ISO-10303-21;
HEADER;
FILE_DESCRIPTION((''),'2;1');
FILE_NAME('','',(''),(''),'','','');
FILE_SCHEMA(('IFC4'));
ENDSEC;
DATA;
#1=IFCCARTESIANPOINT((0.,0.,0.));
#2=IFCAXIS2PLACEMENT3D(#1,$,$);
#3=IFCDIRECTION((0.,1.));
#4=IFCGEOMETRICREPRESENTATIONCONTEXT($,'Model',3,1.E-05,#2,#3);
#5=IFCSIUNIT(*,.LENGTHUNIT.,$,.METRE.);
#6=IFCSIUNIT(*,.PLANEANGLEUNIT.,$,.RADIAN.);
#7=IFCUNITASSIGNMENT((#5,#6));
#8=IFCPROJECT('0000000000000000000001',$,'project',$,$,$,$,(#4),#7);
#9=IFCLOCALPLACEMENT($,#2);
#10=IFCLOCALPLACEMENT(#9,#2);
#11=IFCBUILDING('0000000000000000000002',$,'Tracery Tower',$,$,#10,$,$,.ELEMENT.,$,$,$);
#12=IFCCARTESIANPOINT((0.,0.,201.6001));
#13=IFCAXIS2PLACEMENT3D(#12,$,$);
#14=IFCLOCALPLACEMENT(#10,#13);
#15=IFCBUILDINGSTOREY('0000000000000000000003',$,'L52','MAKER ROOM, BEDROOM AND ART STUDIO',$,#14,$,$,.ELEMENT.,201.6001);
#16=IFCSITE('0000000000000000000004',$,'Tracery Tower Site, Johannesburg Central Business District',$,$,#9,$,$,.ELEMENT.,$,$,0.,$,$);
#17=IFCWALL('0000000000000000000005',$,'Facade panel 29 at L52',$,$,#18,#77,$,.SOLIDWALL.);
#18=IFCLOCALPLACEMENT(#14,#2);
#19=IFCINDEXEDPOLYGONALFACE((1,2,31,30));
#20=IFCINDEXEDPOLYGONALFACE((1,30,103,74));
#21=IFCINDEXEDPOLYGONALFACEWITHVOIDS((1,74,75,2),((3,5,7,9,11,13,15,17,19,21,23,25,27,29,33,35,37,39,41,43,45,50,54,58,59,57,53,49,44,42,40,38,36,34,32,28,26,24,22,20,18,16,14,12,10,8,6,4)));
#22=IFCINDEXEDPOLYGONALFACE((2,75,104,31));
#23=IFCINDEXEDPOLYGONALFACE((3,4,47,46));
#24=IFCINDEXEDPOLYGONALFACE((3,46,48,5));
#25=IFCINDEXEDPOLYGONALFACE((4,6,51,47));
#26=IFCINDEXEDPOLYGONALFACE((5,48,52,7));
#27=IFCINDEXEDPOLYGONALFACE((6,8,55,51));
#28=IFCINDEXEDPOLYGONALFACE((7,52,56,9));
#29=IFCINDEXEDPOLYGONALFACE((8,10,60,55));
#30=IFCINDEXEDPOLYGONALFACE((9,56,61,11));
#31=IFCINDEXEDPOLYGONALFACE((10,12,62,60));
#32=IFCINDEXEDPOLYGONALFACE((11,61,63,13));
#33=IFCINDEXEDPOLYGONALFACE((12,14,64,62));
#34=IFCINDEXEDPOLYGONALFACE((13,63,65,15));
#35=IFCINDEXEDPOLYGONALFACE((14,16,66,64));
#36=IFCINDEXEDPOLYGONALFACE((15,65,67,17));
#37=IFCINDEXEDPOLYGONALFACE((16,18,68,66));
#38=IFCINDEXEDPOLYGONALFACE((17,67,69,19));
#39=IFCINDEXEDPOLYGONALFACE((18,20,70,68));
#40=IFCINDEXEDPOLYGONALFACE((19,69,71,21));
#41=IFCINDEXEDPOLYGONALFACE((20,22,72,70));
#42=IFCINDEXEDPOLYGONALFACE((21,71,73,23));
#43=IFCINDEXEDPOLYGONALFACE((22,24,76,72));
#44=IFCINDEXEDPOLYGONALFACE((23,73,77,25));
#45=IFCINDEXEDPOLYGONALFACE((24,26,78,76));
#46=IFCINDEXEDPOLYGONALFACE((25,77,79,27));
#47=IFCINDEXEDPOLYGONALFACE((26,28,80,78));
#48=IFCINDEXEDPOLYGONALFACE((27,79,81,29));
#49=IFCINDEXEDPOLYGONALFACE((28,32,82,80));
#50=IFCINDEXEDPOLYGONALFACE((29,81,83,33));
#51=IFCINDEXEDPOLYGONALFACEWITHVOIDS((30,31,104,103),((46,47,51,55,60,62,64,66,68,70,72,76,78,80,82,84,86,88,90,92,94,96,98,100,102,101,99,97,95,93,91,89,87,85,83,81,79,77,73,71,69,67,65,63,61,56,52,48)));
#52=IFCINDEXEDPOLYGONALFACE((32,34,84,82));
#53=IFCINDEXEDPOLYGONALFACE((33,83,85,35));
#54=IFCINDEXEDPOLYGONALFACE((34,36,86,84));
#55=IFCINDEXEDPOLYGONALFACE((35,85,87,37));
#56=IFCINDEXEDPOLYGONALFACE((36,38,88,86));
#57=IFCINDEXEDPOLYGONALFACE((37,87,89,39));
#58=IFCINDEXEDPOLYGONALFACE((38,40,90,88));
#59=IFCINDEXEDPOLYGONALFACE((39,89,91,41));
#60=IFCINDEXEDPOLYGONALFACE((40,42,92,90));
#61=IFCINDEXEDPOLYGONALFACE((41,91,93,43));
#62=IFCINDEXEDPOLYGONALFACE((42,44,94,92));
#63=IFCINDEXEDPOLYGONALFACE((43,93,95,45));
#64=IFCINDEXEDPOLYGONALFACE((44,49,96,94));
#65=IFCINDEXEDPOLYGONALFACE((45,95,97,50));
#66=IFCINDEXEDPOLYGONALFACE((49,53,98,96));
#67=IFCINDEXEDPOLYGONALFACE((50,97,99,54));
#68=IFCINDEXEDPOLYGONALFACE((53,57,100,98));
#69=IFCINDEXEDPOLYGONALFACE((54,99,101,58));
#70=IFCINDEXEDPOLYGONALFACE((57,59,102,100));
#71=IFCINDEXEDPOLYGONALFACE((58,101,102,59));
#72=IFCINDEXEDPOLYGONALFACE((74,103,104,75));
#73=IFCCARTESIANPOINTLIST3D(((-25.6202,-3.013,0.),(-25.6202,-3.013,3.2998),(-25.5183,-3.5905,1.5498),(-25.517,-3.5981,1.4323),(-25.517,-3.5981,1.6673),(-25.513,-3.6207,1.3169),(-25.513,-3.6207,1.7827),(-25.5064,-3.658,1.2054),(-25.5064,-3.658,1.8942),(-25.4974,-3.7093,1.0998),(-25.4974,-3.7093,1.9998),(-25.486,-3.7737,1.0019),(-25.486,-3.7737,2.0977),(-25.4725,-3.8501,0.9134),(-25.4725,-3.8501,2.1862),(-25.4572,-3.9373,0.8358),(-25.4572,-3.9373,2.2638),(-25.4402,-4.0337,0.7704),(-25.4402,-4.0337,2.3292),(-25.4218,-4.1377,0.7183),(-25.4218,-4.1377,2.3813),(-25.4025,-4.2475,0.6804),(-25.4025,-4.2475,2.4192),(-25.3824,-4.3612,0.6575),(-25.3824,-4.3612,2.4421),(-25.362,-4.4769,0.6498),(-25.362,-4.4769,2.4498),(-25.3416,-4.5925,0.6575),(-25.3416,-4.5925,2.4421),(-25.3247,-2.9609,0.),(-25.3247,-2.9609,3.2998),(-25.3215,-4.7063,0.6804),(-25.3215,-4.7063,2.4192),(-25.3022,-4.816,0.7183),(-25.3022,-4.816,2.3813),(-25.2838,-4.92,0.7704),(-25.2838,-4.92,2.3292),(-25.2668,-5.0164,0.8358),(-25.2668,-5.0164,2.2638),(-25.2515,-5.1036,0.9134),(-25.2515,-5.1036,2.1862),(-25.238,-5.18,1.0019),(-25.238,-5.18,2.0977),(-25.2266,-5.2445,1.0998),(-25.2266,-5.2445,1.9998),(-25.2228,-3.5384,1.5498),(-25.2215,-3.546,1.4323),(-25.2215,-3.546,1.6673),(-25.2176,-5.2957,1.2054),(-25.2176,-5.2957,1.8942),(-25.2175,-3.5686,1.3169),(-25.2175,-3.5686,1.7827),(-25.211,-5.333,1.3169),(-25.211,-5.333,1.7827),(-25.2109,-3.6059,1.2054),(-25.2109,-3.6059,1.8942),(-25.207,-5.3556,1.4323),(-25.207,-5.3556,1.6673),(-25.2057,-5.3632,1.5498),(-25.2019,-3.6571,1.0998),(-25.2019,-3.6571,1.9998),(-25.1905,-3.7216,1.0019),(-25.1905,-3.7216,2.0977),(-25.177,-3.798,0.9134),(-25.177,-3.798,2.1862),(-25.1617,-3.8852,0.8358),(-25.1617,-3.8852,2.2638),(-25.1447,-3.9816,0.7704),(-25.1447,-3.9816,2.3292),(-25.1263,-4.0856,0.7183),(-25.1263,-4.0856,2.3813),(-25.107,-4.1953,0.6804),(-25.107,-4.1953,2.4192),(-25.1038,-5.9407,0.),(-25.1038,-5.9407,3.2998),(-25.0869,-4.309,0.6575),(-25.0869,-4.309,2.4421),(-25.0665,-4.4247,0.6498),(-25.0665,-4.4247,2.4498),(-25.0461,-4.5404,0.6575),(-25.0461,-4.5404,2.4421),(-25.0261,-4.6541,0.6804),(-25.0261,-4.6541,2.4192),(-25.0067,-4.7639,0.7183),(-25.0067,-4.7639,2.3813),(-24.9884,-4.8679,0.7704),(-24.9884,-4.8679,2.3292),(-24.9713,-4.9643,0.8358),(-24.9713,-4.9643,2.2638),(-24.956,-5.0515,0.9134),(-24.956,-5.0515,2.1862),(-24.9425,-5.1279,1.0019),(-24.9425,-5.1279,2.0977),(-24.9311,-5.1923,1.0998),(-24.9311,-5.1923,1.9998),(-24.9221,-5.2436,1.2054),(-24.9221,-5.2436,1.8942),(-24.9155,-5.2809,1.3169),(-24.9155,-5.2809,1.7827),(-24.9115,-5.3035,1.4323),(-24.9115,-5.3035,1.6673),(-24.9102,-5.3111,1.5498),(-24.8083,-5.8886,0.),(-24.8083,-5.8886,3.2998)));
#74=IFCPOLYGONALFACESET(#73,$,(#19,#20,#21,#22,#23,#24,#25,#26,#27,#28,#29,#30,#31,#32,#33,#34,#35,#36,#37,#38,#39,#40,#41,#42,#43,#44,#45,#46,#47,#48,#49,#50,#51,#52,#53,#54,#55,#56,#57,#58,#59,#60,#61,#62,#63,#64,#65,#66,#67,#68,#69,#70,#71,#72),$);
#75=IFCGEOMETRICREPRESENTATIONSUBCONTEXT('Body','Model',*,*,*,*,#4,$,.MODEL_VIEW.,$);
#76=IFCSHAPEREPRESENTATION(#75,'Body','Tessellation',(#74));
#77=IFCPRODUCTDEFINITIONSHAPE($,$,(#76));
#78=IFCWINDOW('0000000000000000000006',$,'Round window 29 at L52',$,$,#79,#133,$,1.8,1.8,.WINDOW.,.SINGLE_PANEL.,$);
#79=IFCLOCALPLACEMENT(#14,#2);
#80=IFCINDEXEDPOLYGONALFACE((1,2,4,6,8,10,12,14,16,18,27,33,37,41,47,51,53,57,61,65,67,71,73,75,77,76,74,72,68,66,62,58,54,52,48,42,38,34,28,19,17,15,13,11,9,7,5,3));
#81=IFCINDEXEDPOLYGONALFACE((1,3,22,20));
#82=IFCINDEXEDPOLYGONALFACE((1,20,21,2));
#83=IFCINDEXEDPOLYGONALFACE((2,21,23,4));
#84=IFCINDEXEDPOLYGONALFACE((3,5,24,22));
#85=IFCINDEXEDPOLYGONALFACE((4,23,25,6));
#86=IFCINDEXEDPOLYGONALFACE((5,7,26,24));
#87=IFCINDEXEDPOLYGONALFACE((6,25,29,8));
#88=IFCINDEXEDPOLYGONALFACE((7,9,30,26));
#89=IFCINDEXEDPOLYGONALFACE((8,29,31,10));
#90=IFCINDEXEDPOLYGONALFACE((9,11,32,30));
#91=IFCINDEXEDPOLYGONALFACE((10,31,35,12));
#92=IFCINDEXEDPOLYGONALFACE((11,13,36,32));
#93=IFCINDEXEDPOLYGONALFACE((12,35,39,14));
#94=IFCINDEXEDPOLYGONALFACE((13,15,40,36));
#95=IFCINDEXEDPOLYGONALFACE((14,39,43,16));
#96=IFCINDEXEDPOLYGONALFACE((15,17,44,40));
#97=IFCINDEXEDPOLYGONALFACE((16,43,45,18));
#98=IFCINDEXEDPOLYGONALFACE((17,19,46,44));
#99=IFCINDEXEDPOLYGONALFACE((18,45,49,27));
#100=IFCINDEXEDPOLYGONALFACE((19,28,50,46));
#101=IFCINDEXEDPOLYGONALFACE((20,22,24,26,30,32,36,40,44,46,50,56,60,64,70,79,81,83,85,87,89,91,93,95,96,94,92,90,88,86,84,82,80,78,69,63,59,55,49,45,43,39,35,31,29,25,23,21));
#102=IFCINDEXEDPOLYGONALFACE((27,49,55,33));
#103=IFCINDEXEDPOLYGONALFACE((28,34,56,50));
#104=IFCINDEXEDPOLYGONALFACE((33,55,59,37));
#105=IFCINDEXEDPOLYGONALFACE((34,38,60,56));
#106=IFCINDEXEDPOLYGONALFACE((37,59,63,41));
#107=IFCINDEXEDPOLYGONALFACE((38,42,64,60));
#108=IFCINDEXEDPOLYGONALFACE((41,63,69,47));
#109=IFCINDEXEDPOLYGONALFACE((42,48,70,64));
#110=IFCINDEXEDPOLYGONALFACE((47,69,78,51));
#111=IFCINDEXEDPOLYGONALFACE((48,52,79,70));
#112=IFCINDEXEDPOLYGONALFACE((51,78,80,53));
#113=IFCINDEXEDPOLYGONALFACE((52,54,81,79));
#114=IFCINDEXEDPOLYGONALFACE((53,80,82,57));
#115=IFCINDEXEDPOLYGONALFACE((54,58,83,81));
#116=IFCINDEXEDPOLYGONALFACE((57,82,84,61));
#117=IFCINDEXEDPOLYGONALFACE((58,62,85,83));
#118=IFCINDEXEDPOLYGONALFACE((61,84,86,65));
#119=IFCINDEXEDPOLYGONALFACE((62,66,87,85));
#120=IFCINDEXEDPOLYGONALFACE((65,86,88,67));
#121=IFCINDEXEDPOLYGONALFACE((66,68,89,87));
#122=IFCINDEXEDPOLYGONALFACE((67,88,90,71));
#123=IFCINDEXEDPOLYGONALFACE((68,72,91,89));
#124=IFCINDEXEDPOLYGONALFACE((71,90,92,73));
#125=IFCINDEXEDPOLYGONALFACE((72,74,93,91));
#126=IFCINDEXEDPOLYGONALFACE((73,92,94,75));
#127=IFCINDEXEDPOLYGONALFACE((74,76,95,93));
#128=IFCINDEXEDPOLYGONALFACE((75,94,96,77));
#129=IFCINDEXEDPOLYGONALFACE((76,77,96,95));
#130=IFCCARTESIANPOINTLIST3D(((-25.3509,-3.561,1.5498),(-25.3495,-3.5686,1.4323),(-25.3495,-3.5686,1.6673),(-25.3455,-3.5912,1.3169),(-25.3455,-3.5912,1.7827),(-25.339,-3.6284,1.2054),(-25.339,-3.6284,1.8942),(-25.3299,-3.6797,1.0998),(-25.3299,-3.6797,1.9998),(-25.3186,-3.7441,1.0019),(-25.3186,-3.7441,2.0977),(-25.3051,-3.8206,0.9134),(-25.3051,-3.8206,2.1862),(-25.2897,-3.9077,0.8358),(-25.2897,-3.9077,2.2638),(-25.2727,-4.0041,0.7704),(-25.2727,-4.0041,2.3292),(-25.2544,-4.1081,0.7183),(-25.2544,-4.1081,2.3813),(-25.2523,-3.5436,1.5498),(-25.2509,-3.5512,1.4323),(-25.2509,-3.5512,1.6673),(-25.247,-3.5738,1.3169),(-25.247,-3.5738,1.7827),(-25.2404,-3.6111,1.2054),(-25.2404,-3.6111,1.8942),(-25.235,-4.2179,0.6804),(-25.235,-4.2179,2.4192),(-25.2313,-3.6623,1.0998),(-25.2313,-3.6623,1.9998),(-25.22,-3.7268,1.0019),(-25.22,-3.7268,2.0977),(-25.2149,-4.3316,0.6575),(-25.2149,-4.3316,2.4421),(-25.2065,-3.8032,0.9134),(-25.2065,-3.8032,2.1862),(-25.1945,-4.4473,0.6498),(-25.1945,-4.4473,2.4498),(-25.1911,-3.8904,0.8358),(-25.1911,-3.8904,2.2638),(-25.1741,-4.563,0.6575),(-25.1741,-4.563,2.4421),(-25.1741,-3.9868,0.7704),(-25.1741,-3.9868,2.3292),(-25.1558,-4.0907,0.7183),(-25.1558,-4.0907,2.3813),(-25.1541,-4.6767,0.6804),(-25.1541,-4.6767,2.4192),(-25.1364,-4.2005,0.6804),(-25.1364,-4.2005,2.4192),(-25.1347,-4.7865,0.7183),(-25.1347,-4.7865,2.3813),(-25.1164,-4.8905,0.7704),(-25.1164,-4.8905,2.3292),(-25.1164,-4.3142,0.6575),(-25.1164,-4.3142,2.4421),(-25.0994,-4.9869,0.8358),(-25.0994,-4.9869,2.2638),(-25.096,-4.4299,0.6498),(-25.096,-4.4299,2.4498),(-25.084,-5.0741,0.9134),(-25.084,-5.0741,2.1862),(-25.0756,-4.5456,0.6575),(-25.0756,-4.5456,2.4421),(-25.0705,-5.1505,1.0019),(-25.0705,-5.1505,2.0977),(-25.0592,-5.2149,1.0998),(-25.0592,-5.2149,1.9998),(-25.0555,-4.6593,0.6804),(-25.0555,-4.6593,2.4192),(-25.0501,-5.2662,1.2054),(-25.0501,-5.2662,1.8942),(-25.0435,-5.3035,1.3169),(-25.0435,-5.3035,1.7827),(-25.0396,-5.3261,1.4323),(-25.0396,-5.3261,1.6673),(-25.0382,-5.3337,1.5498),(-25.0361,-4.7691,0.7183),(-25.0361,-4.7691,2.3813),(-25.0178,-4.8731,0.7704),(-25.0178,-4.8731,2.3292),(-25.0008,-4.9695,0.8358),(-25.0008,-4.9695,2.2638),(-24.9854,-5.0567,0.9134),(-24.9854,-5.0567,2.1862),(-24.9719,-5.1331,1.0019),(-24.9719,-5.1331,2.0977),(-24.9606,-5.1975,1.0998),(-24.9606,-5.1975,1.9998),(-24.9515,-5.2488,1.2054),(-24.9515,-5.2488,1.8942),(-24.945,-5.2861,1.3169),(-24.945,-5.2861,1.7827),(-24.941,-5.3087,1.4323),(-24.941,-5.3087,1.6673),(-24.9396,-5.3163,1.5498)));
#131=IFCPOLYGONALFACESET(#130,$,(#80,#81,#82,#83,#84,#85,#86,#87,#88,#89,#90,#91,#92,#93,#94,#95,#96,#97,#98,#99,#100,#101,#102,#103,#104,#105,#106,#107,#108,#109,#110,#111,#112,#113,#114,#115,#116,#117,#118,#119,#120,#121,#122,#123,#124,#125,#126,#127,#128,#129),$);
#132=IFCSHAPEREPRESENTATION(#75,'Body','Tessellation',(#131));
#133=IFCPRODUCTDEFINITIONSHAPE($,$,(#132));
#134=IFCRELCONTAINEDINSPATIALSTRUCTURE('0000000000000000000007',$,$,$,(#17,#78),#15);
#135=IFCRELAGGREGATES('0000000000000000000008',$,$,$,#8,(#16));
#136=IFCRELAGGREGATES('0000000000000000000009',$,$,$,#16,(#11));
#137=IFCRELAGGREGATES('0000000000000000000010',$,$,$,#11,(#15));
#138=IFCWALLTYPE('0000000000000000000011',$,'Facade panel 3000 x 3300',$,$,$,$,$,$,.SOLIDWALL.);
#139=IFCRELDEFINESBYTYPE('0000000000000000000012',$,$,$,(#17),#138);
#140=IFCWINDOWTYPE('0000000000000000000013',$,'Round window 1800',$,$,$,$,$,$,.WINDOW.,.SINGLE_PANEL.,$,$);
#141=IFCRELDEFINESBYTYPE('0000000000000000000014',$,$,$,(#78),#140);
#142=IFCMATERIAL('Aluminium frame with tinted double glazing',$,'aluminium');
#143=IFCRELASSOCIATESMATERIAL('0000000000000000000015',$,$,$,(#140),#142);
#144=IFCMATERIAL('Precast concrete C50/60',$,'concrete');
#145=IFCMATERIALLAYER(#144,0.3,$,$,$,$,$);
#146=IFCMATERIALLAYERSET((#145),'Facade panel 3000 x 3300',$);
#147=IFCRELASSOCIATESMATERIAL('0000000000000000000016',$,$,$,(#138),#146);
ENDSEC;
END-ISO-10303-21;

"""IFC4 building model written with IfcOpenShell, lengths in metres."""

from ifc_helpers import new_model, si_unit, direction, frame, frame_2d, origin, origin_2d, place, context, subcontext, project, spatial, rectangle, circle, extrude, material, layer, layer_set, type_object, element, fill, save


model = new_model("IFC4")

# Units and contexts
model_context = context("Model", 3, precision=1e-05, world=origin(), true_north=direction((0.0, 1.0)))
body_context = subcontext(model_context, "Body", "Model", "MODEL_VIEW")
ifc_project = project(units=[si_unit("LENGTHUNIT", "METRE"), si_unit("PLANEANGLEUNIT", "RADIAN")], contexts=[model_context])

# Site, building, storey
site_placement = place(None, origin())
site = spatial("IfcSite", under=ifc_project, at=site_placement, Name="Tracery Tower Site, Johannesburg Central Business District", CompositionType="ELEMENT", RefElevation=0.0)
building_placement = place(site_placement, origin())
building = spatial("IfcBuilding", under=site, at=building_placement, Name="Tracery Tower", CompositionType="ELEMENT")
storey_placement = place(building_placement, frame((0.0, 0.0, 201.6001)))
storey = spatial("IfcBuildingStorey", under=building, at=storey_placement, Name="L52", Description="MAKER ROOM, BEDROOM AND ART STUDIO", CompositionType="ELEMENT", Elevation=201.6001)

# Wall, opening, window
ifc_material_1 = material(Name="Aluminium frame with tinted double glazing", Category="aluminium")
window_type = type_object("IfcWindowType", Name="Round window 1800", PartitioningType="SINGLE_PANEL", PredefinedType="WINDOW", material=ifc_material_1)
ifc_material_2 = material(Name="Precast concrete C50/60", Category="concrete")
ifc_layer_1 = layer(ifc_material_2, 0.3)
ifc_layer_set_1 = layer_set([ifc_layer_1], Name="Facade panel 3000 x 3300")
wall_type_1 = type_object("IfcWallType", Name="Facade panel 3000 x 3300", PredefinedType="SOLIDWALL", material=ifc_layer_set_1)
wall_1_placement = place(storey_placement, frame((-25.4724, -2.9871, 0.0), z_axis=(0.0, 0.0, 1.0), x_axis=(0.173687, -0.984801, 0.0)))
wall_1 = element("IfcWall", 1, at=wall_1_placement, inside=storey, type_object=wall_type_1, Name="Facade panel 29 at L52", PredefinedType="SOLIDWALL", context=body_context, shape_type="SweptSolid", body=[
    extrude(rectangle(XDim=2.9729, YDim=0.3, at=frame_2d((1.4863, 0.0))), origin(), (0.0, 0.0, 1.0), 3.2998),
])
opening_1_placement = place(wall_1_placement, frame((1.4863, 0.0, 1.5498)))
opening_1 = element("IfcOpeningElement", 2, at=opening_1_placement, cuts=wall_1, PredefinedType="OPENING", context=body_context, shape_type="SweptSolid", body=[
    extrude(circle(Radius=0.9, at=origin_2d()), frame((0.0, 0.1599, 0.0), z_axis=(0.0, -1.0, 0.0), x_axis=(1.0, 0.0, 0.0)), (0.0, 0.0, 1.0), 0.3201),
])
window_1_placement = place(opening_1_placement, origin())
window_1 = element("IfcWindow", 3, at=window_1_placement, inside=storey, type_object=window_type, Name="Round window 29 at L52", OverallHeight=1.8, OverallWidth=1.8, PartitioningType="SINGLE_PANEL", PredefinedType="WINDOW", context=body_context, shape_type="SweptSolid", body=[
    extrude(circle(Radius=0.9, at=origin_2d()), frame((0.0, 0.1201, 0.0), z_axis=(0.0, -1.0, 0.0), x_axis=(1.0, 0.0, 0.0)), (0.0, 0.0, 1.0), 0.1001),
])
fill(opening_1, window_1)

save(model, "model.ifc")
